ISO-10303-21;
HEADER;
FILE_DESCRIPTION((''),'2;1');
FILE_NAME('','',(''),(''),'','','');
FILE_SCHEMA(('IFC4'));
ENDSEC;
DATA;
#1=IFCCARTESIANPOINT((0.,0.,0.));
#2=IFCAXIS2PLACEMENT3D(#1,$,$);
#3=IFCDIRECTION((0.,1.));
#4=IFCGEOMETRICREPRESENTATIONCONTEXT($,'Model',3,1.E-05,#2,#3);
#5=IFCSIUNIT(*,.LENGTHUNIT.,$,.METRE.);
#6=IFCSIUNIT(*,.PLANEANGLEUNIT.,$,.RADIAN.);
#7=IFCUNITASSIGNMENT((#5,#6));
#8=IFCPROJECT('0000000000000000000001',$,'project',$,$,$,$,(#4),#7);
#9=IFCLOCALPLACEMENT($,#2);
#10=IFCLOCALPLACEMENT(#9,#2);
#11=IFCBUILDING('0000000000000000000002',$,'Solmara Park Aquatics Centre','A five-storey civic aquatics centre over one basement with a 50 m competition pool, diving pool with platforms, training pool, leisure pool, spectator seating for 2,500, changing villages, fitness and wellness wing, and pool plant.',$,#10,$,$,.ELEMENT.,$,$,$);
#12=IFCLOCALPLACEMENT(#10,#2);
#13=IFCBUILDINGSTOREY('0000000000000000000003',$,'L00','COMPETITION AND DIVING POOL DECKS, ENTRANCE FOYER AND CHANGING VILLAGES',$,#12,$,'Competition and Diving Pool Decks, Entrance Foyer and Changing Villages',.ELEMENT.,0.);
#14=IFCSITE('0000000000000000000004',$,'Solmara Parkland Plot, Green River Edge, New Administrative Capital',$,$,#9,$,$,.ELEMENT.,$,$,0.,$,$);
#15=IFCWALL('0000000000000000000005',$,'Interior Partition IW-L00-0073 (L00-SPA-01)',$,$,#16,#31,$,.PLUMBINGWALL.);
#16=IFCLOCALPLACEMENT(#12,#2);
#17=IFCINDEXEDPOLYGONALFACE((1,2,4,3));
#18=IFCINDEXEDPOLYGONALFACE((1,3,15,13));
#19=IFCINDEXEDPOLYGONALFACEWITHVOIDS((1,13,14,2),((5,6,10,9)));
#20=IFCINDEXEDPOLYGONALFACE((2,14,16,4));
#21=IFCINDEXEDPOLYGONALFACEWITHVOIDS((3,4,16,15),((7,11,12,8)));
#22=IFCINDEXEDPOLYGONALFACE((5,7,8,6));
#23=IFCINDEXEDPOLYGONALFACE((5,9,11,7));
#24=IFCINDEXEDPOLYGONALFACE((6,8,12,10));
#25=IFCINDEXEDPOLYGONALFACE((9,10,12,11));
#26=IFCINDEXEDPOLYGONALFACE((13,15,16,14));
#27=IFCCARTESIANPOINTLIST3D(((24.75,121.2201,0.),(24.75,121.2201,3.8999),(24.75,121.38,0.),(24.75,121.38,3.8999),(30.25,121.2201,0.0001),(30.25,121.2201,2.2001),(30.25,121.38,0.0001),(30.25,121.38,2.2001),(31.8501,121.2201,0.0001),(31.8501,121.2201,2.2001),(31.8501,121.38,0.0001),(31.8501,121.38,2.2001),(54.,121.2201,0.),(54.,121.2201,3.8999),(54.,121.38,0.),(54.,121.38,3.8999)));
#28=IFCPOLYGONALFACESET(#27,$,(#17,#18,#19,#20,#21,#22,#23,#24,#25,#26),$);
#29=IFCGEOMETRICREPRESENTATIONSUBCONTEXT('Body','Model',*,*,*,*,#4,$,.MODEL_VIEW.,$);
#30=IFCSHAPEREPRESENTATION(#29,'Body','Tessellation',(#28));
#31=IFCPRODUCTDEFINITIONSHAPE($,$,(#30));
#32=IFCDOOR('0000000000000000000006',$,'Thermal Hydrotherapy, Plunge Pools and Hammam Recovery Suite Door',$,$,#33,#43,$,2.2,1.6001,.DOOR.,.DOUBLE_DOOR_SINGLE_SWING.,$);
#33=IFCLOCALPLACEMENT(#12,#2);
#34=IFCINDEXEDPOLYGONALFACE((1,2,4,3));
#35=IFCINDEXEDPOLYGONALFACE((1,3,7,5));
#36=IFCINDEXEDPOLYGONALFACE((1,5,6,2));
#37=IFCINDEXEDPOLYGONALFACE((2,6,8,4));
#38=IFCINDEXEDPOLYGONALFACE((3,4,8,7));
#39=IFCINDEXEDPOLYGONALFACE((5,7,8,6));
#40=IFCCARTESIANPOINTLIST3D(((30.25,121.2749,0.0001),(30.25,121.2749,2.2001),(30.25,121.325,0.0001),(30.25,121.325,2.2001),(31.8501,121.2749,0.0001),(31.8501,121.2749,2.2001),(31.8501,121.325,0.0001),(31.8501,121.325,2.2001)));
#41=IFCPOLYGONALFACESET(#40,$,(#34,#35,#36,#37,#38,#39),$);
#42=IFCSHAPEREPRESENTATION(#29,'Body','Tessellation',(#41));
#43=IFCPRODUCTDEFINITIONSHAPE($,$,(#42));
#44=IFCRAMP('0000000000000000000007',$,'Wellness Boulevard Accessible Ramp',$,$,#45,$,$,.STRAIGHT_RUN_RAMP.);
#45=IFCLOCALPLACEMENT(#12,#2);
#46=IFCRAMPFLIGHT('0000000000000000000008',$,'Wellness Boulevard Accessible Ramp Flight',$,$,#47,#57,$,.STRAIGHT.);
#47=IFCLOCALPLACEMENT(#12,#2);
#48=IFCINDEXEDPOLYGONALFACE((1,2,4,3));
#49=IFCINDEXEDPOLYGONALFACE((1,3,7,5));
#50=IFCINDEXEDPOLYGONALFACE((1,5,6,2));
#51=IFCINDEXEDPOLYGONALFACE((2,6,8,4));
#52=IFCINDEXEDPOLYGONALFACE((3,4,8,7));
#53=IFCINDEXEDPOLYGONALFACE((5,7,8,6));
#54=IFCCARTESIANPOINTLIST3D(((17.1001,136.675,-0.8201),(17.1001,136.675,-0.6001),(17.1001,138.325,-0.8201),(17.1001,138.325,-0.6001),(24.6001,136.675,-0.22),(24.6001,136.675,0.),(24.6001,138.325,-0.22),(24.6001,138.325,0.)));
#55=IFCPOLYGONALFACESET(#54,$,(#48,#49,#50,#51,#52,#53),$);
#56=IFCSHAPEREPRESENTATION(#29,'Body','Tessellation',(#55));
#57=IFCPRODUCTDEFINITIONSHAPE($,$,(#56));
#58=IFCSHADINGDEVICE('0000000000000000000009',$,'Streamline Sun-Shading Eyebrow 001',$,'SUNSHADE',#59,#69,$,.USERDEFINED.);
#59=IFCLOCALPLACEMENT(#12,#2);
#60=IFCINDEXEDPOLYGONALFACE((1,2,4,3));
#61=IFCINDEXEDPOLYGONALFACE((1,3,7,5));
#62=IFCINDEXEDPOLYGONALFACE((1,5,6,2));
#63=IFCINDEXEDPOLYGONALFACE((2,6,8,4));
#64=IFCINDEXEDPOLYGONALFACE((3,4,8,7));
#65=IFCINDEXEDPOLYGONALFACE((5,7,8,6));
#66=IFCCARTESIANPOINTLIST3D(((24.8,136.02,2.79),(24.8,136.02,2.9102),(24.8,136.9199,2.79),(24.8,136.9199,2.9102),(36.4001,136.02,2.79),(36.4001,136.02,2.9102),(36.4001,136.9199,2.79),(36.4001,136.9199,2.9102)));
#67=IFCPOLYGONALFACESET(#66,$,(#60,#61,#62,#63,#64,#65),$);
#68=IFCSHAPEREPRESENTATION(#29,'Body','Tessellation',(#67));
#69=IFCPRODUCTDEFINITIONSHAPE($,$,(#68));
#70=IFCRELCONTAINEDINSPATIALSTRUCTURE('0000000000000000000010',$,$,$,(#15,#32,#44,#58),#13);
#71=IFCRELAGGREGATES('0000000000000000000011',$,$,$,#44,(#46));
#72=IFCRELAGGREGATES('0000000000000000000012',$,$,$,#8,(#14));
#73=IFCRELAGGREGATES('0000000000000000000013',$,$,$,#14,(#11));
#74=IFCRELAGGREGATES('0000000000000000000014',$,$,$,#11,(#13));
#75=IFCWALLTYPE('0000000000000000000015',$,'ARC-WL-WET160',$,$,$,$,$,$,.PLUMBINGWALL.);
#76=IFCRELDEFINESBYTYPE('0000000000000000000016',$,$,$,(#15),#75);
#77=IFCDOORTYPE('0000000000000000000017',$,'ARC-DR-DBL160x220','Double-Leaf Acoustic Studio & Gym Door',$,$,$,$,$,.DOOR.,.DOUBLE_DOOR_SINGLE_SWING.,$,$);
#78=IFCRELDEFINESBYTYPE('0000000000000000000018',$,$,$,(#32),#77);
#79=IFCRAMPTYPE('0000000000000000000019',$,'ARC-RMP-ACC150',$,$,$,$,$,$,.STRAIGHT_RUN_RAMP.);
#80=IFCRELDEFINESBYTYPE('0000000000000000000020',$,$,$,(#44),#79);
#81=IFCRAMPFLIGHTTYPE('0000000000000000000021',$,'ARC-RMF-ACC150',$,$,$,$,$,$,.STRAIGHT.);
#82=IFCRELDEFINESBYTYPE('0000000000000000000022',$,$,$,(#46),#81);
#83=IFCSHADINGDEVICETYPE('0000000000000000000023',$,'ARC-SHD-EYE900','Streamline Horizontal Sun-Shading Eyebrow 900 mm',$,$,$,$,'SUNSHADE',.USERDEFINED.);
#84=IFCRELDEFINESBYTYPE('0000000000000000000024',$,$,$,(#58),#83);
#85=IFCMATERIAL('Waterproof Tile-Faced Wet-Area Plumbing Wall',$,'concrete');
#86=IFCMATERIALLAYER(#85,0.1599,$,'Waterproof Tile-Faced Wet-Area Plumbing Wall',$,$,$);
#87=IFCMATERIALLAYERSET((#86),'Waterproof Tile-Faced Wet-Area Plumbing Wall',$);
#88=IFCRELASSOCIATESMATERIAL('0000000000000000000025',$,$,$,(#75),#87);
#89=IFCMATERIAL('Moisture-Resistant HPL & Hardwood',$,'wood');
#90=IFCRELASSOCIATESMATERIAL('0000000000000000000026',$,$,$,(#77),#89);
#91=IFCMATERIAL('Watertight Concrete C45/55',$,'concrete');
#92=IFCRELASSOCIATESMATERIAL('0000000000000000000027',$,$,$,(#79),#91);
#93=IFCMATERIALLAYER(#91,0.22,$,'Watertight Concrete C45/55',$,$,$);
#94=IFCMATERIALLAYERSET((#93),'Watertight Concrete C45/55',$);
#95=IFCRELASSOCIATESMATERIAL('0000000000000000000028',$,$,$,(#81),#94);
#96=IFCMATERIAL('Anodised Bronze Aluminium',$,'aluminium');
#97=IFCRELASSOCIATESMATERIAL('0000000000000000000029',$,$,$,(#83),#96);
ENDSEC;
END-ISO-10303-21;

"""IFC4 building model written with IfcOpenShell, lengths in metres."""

from ifc_helpers import new_model, si_unit, direction, frame, frame_2d, origin, origin_2d, place, context, subcontext, project, spatial, polyline, rectangle, outline, extrude, material, layer, layer_set, type_object, element, fill, aggregate, save


model = new_model("IFC4")

# Units and contexts
model_context = context("Model", 3, precision=1e-05, world=origin(), true_north=direction((0.0, 1.0)))
body_context = subcontext(model_context, "Body", "Model", "MODEL_VIEW")
ifc_project = project(units=[si_unit("LENGTHUNIT", "METRE"), si_unit("PLANEANGLEUNIT", "RADIAN")], contexts=[model_context])

# Site, building, storey
site_placement = place(None, origin())
site = spatial("IfcSite", under=ifc_project, at=site_placement, Name="Solmara Parkland Plot, Green River Edge, New Administrative Capital", CompositionType="ELEMENT", RefElevation=0.0)
building_placement = place(site_placement, origin())
building = spatial("IfcBuilding", under=site, at=building_placement, Name="Solmara Park Aquatics Centre", Description="A five-storey civic aquatics centre over one basement with a 50 m competition pool, diving pool with platforms, training pool, leisure pool, spectator seating for 2,500, changing villages, fitness and wellness wing, and pool plant.", CompositionType="ELEMENT")
storey_placement = place(building_placement, origin())
storey = spatial("IfcBuildingStorey", under=building, at=storey_placement, Name="L00", Description="COMPETITION AND DIVING POOL DECKS, ENTRANCE FOYER AND CHANGING VILLAGES", LongName="Competition and Diving Pool Decks, Entrance Foyer and Changing Villages", CompositionType="ELEMENT", Elevation=0.0)

# Wall, opening, door
ifc_material_1 = material(Name="Waterproof Tile-Faced Wet-Area Plumbing Wall", Category="concrete")
ifc_layer_1 = layer(ifc_material_1, 0.1599, Name="Waterproof Tile-Faced Wet-Area Plumbing Wall")
ifc_layer_set_1 = layer_set([ifc_layer_1], Name="Waterproof Tile-Faced Wet-Area Plumbing Wall")
wall_type_1 = type_object("IfcWallType", Name="ARC-WL-WET160", PredefinedType="PLUMBINGWALL", material=ifc_layer_set_1)
wall_1_placement = place(storey_placement, frame((24.75, 121.3, 0.0), z_axis=(0.0, 0.0, 1.0), x_axis=(1.0, 0.0, 0.0)))
wall_1 = element("IfcWall", 1, at=wall_1_placement, inside=storey, type_object=wall_type_1, Name="Interior Partition IW-L00-0073 (L00-SPA-01)", PredefinedType="PLUMBINGWALL", context=body_context, shape_type="SweptSolid", body=[
    extrude(rectangle(XDim=29.25, YDim=0.1599, at=frame_2d((14.625, 0.0))), origin(), (0.0, 0.0, 1.0), 3.8999),
])
opening_1_placement = place(wall_1_placement, frame((5.5, 0.0, 0.0)))
opening_1 = element("IfcOpeningElement", 2, at=opening_1_placement, cuts=wall_1, PredefinedType="OPENING", context=body_context, shape_type="SweptSolid", body=[
    extrude(rectangle(XDim=1.6001, YDim=2.2, at=frame_2d((0.8, 1.1001))), frame((0.0, 0.0898, 0.0), z_axis=(0.0, -1.0, 0.0), x_axis=(1.0, 0.0, 0.0)), (0.0, 0.0, 1.0), 0.1799),
])
ifc_material_2 = material(Name="Moisture-Resistant HPL & Hardwood", Category="wood")
door_type = type_object("IfcDoorType", Name="ARC-DR-DBL160x220", Description="Double-Leaf Acoustic Studio & Gym Door", OperationType="DOUBLE_DOOR_SINGLE_SWING", PredefinedType="DOOR", material=ifc_material_2)
door_placement = place(opening_1_placement, origin())
door = element("IfcDoor", 3, at=door_placement, inside=storey, type_object=door_type, Name="Thermal Hydrotherapy, Plunge Pools and Hammam Recovery Suite Door", OperationType="DOUBLE_DOOR_SINGLE_SWING", OverallHeight=2.2, OverallWidth=1.6001, PredefinedType="DOOR", context=body_context, shape_type="SweptSolid", body=[
    extrude(rectangle(XDim=1.6001, YDim=2.2, at=frame_2d((0.8, 1.1001))), frame((0.0, 0.0249, 0.0), z_axis=(0.0, -1.0, 0.0), x_axis=(1.0, 0.0, 0.0)), (0.0, 0.0, 1.0), 0.05),
])
fill(opening_1, door)

# Ramp, ramp flight
ifc_material_3 = material(Name="Watertight Concrete C45/55", Category="concrete")
ramp_type = type_object("IfcRampType", Name="ARC-RMP-ACC150", PredefinedType="STRAIGHT_RUN_RAMP", material=ifc_material_3)
ramp_placement = place(storey_placement, origin())
ramp = element("IfcRamp", 4, at=ramp_placement, inside=storey, type_object=ramp_type, Name="Wellness Boulevard Accessible Ramp", PredefinedType="STRAIGHT_RUN_RAMP")
ifc_layer_2 = layer(ifc_material_3, 0.22, Name="Watertight Concrete C45/55")
ifc_layer_set_2 = layer_set([ifc_layer_2], Name="Watertight Concrete C45/55")
ramp_flight_type = type_object("IfcRampFlightType", Name="ARC-RMF-ACC150", PredefinedType="STRAIGHT", material=ifc_layer_set_2)
ramp_flight_placement = place(storey_placement, frame((17.1001, 137.5, -0.6001), z_axis=(0.0, 0.0, 1.0), x_axis=(1.0, 0.0, 0.0)))
ramp_flight = element("IfcRampFlight", 5, at=ramp_flight_placement, type_object=ramp_flight_type, Name="Wellness Boulevard Accessible Ramp Flight", PredefinedType="STRAIGHT", context=body_context, shape_type="SweptSolid", body=[
    extrude(outline(polyline([(0.0, 0.0), (0.0, -0.22), (7.5, 0.3801), (7.5, 0.6001), (0.0, 0.0)])), frame((0.0, 0.825, 0.0), z_axis=(0.0, -1.0, 0.0), x_axis=(1.0, 0.0, 0.0)), (0.0, 0.0, 1.0), 1.6499),
])
aggregate(ramp, [ramp_flight])

# Shading device
ifc_material_4 = material(Name="Anodised Bronze Aluminium", Category="aluminium")
shading_device_type = type_object("IfcShadingDeviceType", Name="ARC-SHD-EYE900", Description="Streamline Horizontal Sun-Shading Eyebrow 900 mm", ElementType="SUNSHADE", PredefinedType="USERDEFINED", material=ifc_material_4)
shading_device_placement = place(storey_placement, frame((30.6001, 136.47, 2.79), z_axis=(0.0, 0.0, 1.0), x_axis=(1.0, 0.0, 0.0)))
element("IfcShadingDevice", 6, at=shading_device_placement, inside=storey, type_object=shading_device_type, Name="Streamline Sun-Shading Eyebrow 001", ObjectType="SUNSHADE", PredefinedType="USERDEFINED", context=body_context, shape_type="SweptSolid", body=[
    extrude(rectangle(XDim=11.6001, YDim=0.8999, at=origin_2d()), origin(), (0.0, 0.0, 1.0), 0.1201),
])

save(model, "model.ifc")
